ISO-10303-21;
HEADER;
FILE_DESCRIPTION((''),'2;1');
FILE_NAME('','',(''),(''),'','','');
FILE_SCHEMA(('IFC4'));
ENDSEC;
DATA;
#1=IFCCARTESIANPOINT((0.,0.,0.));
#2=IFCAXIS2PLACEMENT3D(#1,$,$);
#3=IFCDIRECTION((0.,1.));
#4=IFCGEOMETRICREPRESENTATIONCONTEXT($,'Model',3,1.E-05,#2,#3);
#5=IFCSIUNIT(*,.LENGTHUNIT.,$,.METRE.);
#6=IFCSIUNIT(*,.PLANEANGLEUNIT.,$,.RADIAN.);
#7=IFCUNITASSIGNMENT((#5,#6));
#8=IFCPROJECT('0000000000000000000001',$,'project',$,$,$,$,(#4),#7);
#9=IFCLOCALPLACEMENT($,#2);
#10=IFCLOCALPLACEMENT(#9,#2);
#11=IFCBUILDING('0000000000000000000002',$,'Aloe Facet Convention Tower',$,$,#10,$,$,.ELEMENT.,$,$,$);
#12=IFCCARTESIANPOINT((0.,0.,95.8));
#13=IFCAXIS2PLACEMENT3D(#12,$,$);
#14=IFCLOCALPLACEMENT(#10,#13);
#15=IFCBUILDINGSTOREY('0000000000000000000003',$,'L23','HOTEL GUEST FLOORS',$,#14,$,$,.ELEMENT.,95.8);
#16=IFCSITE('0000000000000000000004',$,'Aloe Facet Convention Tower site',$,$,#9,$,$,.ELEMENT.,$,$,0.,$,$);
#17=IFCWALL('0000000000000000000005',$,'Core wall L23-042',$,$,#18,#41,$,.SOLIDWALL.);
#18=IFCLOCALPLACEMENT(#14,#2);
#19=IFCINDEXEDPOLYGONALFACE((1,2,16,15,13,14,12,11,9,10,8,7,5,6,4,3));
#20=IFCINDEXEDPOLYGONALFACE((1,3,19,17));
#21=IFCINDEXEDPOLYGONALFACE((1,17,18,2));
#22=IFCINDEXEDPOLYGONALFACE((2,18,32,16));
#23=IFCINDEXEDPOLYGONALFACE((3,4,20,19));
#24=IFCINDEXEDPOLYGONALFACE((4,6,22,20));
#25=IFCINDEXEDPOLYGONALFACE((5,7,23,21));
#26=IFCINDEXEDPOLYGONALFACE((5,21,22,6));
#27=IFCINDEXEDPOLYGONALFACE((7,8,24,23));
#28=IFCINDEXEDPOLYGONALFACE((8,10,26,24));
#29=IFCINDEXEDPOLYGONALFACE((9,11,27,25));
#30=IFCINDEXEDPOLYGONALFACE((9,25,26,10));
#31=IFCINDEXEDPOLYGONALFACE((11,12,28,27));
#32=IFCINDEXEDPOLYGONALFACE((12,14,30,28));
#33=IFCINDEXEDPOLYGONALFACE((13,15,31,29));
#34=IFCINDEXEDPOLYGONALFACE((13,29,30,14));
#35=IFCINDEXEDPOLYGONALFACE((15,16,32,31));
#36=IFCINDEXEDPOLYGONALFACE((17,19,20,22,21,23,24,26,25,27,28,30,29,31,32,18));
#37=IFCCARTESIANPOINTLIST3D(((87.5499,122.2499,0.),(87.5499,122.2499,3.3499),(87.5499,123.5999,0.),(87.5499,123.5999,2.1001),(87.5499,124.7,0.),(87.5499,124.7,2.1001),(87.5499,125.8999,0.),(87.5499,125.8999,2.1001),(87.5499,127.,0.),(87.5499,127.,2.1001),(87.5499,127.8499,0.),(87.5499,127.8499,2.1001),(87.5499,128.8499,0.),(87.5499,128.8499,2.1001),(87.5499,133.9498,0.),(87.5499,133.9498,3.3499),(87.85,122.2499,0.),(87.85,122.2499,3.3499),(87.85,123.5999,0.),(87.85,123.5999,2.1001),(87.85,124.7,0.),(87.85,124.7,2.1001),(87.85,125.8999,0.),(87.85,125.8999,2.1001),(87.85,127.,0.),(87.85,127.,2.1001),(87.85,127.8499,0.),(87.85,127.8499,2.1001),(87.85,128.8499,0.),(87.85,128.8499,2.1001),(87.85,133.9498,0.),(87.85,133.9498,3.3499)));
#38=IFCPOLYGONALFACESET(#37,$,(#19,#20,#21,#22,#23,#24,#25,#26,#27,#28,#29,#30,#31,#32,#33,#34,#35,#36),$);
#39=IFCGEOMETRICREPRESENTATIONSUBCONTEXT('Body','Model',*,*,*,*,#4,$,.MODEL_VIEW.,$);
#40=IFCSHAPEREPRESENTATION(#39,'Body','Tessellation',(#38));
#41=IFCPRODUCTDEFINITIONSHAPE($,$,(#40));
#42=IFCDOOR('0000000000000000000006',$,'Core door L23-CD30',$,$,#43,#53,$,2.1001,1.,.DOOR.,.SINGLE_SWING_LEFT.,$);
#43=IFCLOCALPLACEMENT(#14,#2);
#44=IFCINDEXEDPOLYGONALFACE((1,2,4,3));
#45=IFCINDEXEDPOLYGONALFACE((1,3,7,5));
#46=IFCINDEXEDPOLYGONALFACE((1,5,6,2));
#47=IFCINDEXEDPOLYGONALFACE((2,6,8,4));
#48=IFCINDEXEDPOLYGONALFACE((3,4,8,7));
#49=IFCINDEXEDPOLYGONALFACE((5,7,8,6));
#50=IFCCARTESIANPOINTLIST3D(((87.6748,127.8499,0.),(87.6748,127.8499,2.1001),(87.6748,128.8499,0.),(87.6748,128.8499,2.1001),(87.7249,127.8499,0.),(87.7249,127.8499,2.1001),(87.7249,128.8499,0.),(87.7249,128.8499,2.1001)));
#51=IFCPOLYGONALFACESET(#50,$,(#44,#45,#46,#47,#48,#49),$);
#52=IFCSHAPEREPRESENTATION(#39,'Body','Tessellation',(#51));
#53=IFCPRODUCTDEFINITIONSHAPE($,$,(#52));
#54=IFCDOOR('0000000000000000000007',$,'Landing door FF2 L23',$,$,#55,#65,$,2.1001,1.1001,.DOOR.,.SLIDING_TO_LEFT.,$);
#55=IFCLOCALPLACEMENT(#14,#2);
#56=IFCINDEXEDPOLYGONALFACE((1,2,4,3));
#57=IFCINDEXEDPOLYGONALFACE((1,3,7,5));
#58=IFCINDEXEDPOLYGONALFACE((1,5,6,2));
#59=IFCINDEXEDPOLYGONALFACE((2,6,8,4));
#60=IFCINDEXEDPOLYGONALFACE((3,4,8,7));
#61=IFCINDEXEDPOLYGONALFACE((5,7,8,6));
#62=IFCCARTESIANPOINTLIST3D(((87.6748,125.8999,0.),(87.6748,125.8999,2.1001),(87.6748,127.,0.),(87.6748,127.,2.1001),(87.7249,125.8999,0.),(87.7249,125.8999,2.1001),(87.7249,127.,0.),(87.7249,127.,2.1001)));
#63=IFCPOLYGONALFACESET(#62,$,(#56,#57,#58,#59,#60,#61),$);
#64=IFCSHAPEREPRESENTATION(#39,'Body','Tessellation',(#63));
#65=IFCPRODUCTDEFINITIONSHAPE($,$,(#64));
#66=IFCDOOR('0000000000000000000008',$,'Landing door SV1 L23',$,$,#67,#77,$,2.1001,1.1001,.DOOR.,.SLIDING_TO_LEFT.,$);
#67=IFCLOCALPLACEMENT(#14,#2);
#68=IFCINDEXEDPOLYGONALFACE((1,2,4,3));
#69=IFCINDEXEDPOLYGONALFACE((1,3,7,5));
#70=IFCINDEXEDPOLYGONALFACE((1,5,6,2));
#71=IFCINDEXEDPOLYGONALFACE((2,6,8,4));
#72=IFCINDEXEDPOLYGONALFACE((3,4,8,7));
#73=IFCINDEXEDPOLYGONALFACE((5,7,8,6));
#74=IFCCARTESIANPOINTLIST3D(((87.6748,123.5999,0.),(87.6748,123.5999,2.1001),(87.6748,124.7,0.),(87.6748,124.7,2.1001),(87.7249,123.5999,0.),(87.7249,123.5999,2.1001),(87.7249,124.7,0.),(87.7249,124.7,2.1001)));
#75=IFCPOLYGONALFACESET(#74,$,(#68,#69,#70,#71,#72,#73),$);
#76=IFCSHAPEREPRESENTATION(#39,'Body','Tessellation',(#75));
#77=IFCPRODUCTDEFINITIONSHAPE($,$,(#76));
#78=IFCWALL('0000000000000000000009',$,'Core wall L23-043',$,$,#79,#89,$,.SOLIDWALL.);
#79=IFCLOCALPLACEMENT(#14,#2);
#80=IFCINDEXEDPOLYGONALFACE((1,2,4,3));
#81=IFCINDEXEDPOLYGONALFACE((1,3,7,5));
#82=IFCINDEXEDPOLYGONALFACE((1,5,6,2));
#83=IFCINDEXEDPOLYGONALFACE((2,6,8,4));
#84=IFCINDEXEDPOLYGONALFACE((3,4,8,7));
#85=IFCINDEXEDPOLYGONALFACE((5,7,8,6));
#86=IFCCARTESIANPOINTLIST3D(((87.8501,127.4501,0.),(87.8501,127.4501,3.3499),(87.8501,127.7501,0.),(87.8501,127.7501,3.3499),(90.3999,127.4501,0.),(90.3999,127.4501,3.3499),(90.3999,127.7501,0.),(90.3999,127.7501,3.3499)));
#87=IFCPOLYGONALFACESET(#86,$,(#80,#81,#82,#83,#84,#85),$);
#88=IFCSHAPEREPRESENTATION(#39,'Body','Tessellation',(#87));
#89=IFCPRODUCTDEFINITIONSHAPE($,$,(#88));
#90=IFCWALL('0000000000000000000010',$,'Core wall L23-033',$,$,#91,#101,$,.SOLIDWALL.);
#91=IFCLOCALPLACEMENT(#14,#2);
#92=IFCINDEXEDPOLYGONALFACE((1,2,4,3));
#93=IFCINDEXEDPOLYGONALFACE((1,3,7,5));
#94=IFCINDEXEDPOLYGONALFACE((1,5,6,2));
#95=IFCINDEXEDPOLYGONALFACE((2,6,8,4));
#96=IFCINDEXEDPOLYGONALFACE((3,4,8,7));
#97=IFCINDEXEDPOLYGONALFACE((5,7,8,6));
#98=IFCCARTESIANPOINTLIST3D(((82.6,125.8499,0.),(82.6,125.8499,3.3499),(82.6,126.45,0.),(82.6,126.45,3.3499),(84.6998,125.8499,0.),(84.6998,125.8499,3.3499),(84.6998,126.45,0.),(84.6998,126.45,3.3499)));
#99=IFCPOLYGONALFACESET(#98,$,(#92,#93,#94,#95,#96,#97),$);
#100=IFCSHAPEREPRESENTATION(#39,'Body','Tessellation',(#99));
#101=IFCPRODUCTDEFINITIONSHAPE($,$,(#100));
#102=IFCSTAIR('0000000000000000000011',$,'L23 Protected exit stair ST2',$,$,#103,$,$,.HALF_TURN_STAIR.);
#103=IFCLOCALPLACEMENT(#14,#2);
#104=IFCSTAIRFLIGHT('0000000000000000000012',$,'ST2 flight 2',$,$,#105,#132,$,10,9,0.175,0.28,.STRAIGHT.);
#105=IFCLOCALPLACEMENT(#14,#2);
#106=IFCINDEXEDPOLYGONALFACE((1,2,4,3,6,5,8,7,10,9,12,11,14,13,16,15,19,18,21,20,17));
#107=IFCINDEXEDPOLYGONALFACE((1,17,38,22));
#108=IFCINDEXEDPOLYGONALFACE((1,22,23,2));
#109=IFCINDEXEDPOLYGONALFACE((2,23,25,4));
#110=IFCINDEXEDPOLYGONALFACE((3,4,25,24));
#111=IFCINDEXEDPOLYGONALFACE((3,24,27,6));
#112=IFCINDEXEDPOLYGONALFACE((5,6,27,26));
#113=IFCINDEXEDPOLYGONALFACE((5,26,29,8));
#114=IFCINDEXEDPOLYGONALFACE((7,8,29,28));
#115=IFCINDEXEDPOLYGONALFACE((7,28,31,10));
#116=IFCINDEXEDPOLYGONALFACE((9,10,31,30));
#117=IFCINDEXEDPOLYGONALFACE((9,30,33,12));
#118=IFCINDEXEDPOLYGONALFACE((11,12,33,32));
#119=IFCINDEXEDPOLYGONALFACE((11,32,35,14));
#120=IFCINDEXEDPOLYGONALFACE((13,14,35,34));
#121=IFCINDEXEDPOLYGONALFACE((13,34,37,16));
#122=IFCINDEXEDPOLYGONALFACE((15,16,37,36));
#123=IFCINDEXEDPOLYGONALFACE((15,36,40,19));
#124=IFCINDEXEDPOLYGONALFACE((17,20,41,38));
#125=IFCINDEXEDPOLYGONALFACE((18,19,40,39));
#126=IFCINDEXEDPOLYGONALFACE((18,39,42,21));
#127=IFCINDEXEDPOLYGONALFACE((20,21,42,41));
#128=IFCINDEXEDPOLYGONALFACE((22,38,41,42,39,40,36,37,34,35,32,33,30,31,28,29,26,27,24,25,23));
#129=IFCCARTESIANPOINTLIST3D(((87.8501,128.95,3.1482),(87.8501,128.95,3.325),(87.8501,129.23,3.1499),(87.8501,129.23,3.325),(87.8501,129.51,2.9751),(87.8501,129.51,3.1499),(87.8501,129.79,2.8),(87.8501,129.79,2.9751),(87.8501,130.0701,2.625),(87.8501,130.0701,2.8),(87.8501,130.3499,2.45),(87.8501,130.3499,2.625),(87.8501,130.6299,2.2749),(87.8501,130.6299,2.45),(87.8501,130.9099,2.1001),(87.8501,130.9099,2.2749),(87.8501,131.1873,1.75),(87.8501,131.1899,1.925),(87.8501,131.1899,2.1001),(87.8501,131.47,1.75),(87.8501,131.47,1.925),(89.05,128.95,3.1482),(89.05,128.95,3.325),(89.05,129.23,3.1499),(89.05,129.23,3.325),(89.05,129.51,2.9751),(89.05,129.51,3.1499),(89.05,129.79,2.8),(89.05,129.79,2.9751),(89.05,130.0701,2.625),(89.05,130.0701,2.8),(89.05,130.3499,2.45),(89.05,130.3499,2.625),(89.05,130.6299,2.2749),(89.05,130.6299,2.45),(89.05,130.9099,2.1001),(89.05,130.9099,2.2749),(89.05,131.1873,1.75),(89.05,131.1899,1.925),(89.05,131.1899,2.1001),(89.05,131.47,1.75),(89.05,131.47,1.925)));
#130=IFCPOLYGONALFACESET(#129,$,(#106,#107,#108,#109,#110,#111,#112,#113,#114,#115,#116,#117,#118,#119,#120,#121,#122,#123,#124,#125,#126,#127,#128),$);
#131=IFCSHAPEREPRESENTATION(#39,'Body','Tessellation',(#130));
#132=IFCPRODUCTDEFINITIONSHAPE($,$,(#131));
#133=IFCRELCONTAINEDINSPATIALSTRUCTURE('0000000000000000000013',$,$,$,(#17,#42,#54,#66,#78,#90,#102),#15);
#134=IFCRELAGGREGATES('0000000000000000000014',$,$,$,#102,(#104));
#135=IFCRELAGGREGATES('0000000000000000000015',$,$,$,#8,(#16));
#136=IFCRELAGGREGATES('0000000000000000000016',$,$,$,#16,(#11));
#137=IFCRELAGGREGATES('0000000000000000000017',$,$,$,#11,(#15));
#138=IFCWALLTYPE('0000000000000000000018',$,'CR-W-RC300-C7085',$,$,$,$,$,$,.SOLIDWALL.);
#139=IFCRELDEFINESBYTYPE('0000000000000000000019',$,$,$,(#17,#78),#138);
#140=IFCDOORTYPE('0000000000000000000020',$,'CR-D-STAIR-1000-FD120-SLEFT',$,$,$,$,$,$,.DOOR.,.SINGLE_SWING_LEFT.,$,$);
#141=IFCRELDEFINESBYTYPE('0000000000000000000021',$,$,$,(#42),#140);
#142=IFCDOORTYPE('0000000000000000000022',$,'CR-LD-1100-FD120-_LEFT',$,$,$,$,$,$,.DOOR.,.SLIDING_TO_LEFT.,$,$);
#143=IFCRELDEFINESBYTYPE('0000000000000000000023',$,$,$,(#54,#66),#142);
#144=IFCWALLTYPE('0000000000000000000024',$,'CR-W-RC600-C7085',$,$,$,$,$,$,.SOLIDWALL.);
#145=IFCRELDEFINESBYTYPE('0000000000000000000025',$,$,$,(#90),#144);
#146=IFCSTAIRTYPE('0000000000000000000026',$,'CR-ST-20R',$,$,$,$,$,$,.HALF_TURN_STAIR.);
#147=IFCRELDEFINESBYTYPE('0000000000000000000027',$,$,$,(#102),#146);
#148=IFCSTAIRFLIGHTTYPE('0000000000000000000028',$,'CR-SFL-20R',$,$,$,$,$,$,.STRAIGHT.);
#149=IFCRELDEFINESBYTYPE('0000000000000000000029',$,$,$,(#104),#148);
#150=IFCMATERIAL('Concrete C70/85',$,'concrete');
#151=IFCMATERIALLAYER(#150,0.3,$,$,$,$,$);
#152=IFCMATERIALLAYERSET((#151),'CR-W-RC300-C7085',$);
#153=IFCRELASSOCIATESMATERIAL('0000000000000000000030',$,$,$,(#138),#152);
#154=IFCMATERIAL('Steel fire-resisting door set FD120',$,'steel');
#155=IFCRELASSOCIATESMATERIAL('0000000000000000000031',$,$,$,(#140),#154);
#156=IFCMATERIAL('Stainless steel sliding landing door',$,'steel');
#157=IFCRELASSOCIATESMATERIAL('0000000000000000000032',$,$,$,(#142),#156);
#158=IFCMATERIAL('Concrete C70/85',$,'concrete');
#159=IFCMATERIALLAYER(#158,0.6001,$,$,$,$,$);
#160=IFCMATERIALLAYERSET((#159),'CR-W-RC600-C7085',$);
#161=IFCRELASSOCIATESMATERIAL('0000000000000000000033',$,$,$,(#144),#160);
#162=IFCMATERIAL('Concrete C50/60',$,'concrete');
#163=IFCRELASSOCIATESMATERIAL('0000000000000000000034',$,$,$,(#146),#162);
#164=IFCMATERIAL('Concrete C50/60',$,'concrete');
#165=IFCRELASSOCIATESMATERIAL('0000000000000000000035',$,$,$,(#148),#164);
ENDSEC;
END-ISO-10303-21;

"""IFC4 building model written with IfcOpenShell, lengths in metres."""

from ifc_helpers import new_model, si_unit, direction, frame, frame_2d, origin, place, context, subcontext, project, spatial, polyline, rectangle, outline, extrude, material, layer, layer_set, type_object, element, fill, aggregate, save


model = new_model("IFC4")

# Units and contexts
model_context = context("Model", 3, precision=1e-05, world=origin(), true_north=direction((0.0, 1.0)))
body_context = subcontext(model_context, "Body", "Model", "MODEL_VIEW")
ifc_project = project(units=[si_unit("LENGTHUNIT", "METRE"), si_unit("PLANEANGLEUNIT", "RADIAN")], contexts=[model_context])

# Site, building, storey
site_placement = place(None, origin())
site = spatial("IfcSite", under=ifc_project, at=site_placement, Name="Aloe Facet Convention Tower site", CompositionType="ELEMENT", RefElevation=0.0)
building_placement = place(site_placement, origin())
building = spatial("IfcBuilding", under=site, at=building_placement, Name="Aloe Facet Convention Tower", CompositionType="ELEMENT")
storey_placement = place(building_placement, frame((0.0, 0.0, 95.8)))
storey = spatial("IfcBuildingStorey", under=building, at=storey_placement, Name="L23", Description="HOTEL GUEST FLOORS", CompositionType="ELEMENT", Elevation=95.8)

# Shared definitions
ifc_material_1 = material(Name="Concrete C70/85", Category="concrete")
ifc_layer_1 = layer(ifc_material_1, 0.3)
ifc_layer_set_1 = layer_set([ifc_layer_1], Name="CR-W-RC300-C7085")
wall_type_1 = type_object("IfcWallType", Name="CR-W-RC300-C7085", PredefinedType="SOLIDWALL", material=ifc_layer_set_1)
ifc_material_2 = material(Name="Steel fire-resisting door set FD120", Category="steel")
door_type_1 = type_object("IfcDoorType", Name="CR-D-STAIR-1000-FD120-SLEFT", OperationType="SINGLE_SWING_LEFT", PredefinedType="DOOR", material=ifc_material_2)

# Wall, openings, doors
wall_1_placement = place(storey_placement, frame((87.7, 133.95, 0.0), z_axis=(0.0, 0.0, 1.0), x_axis=(0.0, -1.0, 0.0)))
wall_1 = element("IfcWall", 1, at=wall_1_placement, inside=storey, type_object=wall_type_1, Name="Core wall L23-042", PredefinedType="SOLIDWALL", context=body_context, shape_type="SweptSolid", body=[
    extrude(rectangle(XDim=11.7, YDim=0.3, at=frame_2d((5.8501, 0.0))), origin(), (0.0, 0.0, 1.0), 3.3499),
])
opening_1_placement = place(wall_1_placement, frame((6.95, 0.0, 0.0)))
opening_1 = element("IfcOpeningElement", 2, at=opening_1_placement, cuts=wall_1, PredefinedType="OPENING", context=body_context, shape_type="SweptSolid", body=[
    extrude(rectangle(XDim=1.1001, YDim=2.1001, at=frame_2d((0.55, 1.05))), frame((0.0, 0.1602, 0.0), z_axis=(0.0, -1.0, 0.0), x_axis=(1.0, 0.0, 0.0)), (0.0, 0.0, 1.0), 0.3201),
])
opening_2_placement = place(wall_1_placement, frame((5.1001, 0.0, 0.0)))
opening_2 = element("IfcOpeningElement", 3, at=opening_2_placement, cuts=wall_1, PredefinedType="OPENING", context=body_context, shape_type="SweptSolid", body=[
    extrude(rectangle(XDim=1.0, YDim=2.1001, at=frame_2d((0.5, 1.05))), frame((0.0, 0.1602, 0.0), z_axis=(0.0, -1.0, 0.0), x_axis=(1.0, 0.0, 0.0)), (0.0, 0.0, 1.0), 0.3201),
])
opening_3_placement = place(wall_1_placement, frame((9.25, 0.0, 0.0)))
opening_3 = element("IfcOpeningElement", 4, at=opening_3_placement, cuts=wall_1, PredefinedType="OPENING", context=body_context, shape_type="SweptSolid", body=[
    extrude(rectangle(XDim=1.1001, YDim=2.1001, at=frame_2d((0.55, 1.05))), frame((0.0, 0.1602, 0.0), z_axis=(0.0, -1.0, 0.0), x_axis=(1.0, 0.0, 0.0)), (0.0, 0.0, 1.0), 0.3201),
])
door_1_placement = place(opening_2_placement, origin())
door_1 = element("IfcDoor", 5, at=door_1_placement, inside=storey, type_object=door_type_1, Name="Core door L23-CD30", OperationType="SINGLE_SWING_LEFT", OverallHeight=2.1001, OverallWidth=1.0, PredefinedType="DOOR", context=body_context, shape_type="SweptSolid", body=[
    extrude(rectangle(XDim=1.0, YDim=2.1001, at=frame_2d((0.5, 1.05))), frame((0.0, 0.0249, 0.0), z_axis=(0.0, -1.0, 0.0), x_axis=(1.0, 0.0, 0.0)), (0.0, 0.0, 1.0), 0.05),
])
fill(opening_2, door_1)
ifc_material_3 = material(Name="Stainless steel sliding landing door", Category="steel")
door_type_2 = type_object("IfcDoorType", Name="CR-LD-1100-FD120-_LEFT", OperationType="SLIDING_TO_LEFT", PredefinedType="DOOR", material=ifc_material_3)
door_2_placement = place(opening_1_placement, origin())
door_2 = element("IfcDoor", 6, at=door_2_placement, inside=storey, type_object=door_type_2, Name="Landing door FF2 L23", OperationType="SLIDING_TO_LEFT", OverallHeight=2.1001, OverallWidth=1.1001, PredefinedType="DOOR", context=body_context, shape_type="SweptSolid", body=[
    extrude(rectangle(XDim=1.1001, YDim=2.1001, at=frame_2d((0.55, 1.05))), frame((0.0, 0.0249, 0.0), z_axis=(0.0, -1.0, 0.0), x_axis=(1.0, 0.0, 0.0)), (0.0, 0.0, 1.0), 0.05),
])
fill(opening_1, door_2)
door_3_placement = place(opening_3_placement, origin())
door_3 = element("IfcDoor", 7, at=door_3_placement, inside=storey, type_object=door_type_2, Name="Landing door SV1 L23", OperationType="SLIDING_TO_LEFT", OverallHeight=2.1001, OverallWidth=1.1001, PredefinedType="DOOR", context=body_context, shape_type="SweptSolid", body=[
    extrude(rectangle(XDim=1.1001, YDim=2.1001, at=frame_2d((0.55, 1.05))), frame((0.0, 0.0249, 0.0), z_axis=(0.0, -1.0, 0.0), x_axis=(1.0, 0.0, 0.0)), (0.0, 0.0, 1.0), 0.05),
])
fill(opening_3, door_3)

# Walls
wall_2_placement = place(storey_placement, frame((87.8501, 127.6001, 0.0), z_axis=(0.0, 0.0, 1.0), x_axis=(1.0, 0.0, 0.0)))
element("IfcWall", 8, at=wall_2_placement, inside=storey, type_object=wall_type_1, Name="Core wall L23-043", PredefinedType="SOLIDWALL", context=body_context, shape_type="SweptSolid", body=[
    extrude(rectangle(XDim=2.5498, YDim=0.3, at=frame_2d((1.2749, 0.0))), origin(), (0.0, 0.0, 1.0), 3.3499),
])
ifc_material_4 = material(Name="Concrete C70/85", Category="concrete")
ifc_layer_2 = layer(ifc_material_4, 0.6001)
ifc_layer_set_2 = layer_set([ifc_layer_2], Name="CR-W-RC600-C7085")
wall_type_2 = type_object("IfcWallType", Name="CR-W-RC600-C7085", PredefinedType="SOLIDWALL", material=ifc_layer_set_2)
wall_3_placement = place(storey_placement, frame((82.6001, 126.1499, 0.0), z_axis=(0.0, 0.0, 1.0), x_axis=(1.0, 0.0, 0.0)))
element("IfcWall", 9, at=wall_3_placement, inside=storey, type_object=wall_type_2, Name="Core wall L23-033", PredefinedType="SOLIDWALL", context=body_context, shape_type="SweptSolid", body=[
    extrude(rectangle(XDim=2.0999, YDim=0.6001, at=frame_2d((1.0498, 0.0))), origin(), (0.0, 0.0, 1.0), 3.3499),
])

# Stair, stair flight
ifc_material_5 = material(Name="Concrete C50/60", Category="concrete")
stair_type = type_object("IfcStairType", Name="CR-ST-20R", PredefinedType="HALF_TURN_STAIR", material=ifc_material_5)
stair_placement = place(storey_placement, origin())
stair = element("IfcStair", 10, at=stair_placement, inside=storey, type_object=stair_type, Name="L23 Protected exit stair ST2", PredefinedType="HALF_TURN_STAIR")
ifc_material_6 = material(Name="Concrete C50/60", Category="concrete")
stair_flight_type = type_object("IfcStairFlightType", Name="CR-SFL-20R", PredefinedType="STRAIGHT", material=ifc_material_6)
stair_flight_placement = place(storey_placement, frame((88.45, 131.47, 1.75), z_axis=(0.0, 0.0, 1.0), x_axis=(0.0, -1.0, 0.0)))
stair_flight = element("IfcStairFlight", 11, at=stair_flight_placement, type_object=stair_flight_type, Name="ST2 flight 2", NumberOfRisers=10, NumberOfTreads=9, PredefinedType="STRAIGHT", RiserHeight=0.175, TreadLength=0.28, context=body_context, shape_type="SweptSolid", body=[
    extrude(outline(polyline([(0.0, 0.0), (0.0, 0.175), (0.28, 0.175), (0.28, 0.3501), (0.5601, 0.3501), (0.5601, 0.5249), (0.8401, 0.5249), (0.8401, 0.7), (1.1201, 0.7), (1.1201, 0.875), (1.3999, 0.875), (1.3999, 1.05), (1.6799, 1.05), (1.6799, 1.2251), (1.96, 1.2251), (1.96, 1.3999), (2.24, 1.3999), (2.24, 1.575), (2.52, 1.575), (2.52, 1.75), (2.52, 1.3982), (0.2827, 0.0), (0.0, 0.0)])), frame((0.0, 0.6001, 0.0), z_axis=(0.0, -1.0, 0.0), x_axis=(1.0, 0.0, 0.0)), (0.0, 0.0, 1.0), 1.2),
])
aggregate(stair, [stair_flight])

save(model, "model.ifc")
